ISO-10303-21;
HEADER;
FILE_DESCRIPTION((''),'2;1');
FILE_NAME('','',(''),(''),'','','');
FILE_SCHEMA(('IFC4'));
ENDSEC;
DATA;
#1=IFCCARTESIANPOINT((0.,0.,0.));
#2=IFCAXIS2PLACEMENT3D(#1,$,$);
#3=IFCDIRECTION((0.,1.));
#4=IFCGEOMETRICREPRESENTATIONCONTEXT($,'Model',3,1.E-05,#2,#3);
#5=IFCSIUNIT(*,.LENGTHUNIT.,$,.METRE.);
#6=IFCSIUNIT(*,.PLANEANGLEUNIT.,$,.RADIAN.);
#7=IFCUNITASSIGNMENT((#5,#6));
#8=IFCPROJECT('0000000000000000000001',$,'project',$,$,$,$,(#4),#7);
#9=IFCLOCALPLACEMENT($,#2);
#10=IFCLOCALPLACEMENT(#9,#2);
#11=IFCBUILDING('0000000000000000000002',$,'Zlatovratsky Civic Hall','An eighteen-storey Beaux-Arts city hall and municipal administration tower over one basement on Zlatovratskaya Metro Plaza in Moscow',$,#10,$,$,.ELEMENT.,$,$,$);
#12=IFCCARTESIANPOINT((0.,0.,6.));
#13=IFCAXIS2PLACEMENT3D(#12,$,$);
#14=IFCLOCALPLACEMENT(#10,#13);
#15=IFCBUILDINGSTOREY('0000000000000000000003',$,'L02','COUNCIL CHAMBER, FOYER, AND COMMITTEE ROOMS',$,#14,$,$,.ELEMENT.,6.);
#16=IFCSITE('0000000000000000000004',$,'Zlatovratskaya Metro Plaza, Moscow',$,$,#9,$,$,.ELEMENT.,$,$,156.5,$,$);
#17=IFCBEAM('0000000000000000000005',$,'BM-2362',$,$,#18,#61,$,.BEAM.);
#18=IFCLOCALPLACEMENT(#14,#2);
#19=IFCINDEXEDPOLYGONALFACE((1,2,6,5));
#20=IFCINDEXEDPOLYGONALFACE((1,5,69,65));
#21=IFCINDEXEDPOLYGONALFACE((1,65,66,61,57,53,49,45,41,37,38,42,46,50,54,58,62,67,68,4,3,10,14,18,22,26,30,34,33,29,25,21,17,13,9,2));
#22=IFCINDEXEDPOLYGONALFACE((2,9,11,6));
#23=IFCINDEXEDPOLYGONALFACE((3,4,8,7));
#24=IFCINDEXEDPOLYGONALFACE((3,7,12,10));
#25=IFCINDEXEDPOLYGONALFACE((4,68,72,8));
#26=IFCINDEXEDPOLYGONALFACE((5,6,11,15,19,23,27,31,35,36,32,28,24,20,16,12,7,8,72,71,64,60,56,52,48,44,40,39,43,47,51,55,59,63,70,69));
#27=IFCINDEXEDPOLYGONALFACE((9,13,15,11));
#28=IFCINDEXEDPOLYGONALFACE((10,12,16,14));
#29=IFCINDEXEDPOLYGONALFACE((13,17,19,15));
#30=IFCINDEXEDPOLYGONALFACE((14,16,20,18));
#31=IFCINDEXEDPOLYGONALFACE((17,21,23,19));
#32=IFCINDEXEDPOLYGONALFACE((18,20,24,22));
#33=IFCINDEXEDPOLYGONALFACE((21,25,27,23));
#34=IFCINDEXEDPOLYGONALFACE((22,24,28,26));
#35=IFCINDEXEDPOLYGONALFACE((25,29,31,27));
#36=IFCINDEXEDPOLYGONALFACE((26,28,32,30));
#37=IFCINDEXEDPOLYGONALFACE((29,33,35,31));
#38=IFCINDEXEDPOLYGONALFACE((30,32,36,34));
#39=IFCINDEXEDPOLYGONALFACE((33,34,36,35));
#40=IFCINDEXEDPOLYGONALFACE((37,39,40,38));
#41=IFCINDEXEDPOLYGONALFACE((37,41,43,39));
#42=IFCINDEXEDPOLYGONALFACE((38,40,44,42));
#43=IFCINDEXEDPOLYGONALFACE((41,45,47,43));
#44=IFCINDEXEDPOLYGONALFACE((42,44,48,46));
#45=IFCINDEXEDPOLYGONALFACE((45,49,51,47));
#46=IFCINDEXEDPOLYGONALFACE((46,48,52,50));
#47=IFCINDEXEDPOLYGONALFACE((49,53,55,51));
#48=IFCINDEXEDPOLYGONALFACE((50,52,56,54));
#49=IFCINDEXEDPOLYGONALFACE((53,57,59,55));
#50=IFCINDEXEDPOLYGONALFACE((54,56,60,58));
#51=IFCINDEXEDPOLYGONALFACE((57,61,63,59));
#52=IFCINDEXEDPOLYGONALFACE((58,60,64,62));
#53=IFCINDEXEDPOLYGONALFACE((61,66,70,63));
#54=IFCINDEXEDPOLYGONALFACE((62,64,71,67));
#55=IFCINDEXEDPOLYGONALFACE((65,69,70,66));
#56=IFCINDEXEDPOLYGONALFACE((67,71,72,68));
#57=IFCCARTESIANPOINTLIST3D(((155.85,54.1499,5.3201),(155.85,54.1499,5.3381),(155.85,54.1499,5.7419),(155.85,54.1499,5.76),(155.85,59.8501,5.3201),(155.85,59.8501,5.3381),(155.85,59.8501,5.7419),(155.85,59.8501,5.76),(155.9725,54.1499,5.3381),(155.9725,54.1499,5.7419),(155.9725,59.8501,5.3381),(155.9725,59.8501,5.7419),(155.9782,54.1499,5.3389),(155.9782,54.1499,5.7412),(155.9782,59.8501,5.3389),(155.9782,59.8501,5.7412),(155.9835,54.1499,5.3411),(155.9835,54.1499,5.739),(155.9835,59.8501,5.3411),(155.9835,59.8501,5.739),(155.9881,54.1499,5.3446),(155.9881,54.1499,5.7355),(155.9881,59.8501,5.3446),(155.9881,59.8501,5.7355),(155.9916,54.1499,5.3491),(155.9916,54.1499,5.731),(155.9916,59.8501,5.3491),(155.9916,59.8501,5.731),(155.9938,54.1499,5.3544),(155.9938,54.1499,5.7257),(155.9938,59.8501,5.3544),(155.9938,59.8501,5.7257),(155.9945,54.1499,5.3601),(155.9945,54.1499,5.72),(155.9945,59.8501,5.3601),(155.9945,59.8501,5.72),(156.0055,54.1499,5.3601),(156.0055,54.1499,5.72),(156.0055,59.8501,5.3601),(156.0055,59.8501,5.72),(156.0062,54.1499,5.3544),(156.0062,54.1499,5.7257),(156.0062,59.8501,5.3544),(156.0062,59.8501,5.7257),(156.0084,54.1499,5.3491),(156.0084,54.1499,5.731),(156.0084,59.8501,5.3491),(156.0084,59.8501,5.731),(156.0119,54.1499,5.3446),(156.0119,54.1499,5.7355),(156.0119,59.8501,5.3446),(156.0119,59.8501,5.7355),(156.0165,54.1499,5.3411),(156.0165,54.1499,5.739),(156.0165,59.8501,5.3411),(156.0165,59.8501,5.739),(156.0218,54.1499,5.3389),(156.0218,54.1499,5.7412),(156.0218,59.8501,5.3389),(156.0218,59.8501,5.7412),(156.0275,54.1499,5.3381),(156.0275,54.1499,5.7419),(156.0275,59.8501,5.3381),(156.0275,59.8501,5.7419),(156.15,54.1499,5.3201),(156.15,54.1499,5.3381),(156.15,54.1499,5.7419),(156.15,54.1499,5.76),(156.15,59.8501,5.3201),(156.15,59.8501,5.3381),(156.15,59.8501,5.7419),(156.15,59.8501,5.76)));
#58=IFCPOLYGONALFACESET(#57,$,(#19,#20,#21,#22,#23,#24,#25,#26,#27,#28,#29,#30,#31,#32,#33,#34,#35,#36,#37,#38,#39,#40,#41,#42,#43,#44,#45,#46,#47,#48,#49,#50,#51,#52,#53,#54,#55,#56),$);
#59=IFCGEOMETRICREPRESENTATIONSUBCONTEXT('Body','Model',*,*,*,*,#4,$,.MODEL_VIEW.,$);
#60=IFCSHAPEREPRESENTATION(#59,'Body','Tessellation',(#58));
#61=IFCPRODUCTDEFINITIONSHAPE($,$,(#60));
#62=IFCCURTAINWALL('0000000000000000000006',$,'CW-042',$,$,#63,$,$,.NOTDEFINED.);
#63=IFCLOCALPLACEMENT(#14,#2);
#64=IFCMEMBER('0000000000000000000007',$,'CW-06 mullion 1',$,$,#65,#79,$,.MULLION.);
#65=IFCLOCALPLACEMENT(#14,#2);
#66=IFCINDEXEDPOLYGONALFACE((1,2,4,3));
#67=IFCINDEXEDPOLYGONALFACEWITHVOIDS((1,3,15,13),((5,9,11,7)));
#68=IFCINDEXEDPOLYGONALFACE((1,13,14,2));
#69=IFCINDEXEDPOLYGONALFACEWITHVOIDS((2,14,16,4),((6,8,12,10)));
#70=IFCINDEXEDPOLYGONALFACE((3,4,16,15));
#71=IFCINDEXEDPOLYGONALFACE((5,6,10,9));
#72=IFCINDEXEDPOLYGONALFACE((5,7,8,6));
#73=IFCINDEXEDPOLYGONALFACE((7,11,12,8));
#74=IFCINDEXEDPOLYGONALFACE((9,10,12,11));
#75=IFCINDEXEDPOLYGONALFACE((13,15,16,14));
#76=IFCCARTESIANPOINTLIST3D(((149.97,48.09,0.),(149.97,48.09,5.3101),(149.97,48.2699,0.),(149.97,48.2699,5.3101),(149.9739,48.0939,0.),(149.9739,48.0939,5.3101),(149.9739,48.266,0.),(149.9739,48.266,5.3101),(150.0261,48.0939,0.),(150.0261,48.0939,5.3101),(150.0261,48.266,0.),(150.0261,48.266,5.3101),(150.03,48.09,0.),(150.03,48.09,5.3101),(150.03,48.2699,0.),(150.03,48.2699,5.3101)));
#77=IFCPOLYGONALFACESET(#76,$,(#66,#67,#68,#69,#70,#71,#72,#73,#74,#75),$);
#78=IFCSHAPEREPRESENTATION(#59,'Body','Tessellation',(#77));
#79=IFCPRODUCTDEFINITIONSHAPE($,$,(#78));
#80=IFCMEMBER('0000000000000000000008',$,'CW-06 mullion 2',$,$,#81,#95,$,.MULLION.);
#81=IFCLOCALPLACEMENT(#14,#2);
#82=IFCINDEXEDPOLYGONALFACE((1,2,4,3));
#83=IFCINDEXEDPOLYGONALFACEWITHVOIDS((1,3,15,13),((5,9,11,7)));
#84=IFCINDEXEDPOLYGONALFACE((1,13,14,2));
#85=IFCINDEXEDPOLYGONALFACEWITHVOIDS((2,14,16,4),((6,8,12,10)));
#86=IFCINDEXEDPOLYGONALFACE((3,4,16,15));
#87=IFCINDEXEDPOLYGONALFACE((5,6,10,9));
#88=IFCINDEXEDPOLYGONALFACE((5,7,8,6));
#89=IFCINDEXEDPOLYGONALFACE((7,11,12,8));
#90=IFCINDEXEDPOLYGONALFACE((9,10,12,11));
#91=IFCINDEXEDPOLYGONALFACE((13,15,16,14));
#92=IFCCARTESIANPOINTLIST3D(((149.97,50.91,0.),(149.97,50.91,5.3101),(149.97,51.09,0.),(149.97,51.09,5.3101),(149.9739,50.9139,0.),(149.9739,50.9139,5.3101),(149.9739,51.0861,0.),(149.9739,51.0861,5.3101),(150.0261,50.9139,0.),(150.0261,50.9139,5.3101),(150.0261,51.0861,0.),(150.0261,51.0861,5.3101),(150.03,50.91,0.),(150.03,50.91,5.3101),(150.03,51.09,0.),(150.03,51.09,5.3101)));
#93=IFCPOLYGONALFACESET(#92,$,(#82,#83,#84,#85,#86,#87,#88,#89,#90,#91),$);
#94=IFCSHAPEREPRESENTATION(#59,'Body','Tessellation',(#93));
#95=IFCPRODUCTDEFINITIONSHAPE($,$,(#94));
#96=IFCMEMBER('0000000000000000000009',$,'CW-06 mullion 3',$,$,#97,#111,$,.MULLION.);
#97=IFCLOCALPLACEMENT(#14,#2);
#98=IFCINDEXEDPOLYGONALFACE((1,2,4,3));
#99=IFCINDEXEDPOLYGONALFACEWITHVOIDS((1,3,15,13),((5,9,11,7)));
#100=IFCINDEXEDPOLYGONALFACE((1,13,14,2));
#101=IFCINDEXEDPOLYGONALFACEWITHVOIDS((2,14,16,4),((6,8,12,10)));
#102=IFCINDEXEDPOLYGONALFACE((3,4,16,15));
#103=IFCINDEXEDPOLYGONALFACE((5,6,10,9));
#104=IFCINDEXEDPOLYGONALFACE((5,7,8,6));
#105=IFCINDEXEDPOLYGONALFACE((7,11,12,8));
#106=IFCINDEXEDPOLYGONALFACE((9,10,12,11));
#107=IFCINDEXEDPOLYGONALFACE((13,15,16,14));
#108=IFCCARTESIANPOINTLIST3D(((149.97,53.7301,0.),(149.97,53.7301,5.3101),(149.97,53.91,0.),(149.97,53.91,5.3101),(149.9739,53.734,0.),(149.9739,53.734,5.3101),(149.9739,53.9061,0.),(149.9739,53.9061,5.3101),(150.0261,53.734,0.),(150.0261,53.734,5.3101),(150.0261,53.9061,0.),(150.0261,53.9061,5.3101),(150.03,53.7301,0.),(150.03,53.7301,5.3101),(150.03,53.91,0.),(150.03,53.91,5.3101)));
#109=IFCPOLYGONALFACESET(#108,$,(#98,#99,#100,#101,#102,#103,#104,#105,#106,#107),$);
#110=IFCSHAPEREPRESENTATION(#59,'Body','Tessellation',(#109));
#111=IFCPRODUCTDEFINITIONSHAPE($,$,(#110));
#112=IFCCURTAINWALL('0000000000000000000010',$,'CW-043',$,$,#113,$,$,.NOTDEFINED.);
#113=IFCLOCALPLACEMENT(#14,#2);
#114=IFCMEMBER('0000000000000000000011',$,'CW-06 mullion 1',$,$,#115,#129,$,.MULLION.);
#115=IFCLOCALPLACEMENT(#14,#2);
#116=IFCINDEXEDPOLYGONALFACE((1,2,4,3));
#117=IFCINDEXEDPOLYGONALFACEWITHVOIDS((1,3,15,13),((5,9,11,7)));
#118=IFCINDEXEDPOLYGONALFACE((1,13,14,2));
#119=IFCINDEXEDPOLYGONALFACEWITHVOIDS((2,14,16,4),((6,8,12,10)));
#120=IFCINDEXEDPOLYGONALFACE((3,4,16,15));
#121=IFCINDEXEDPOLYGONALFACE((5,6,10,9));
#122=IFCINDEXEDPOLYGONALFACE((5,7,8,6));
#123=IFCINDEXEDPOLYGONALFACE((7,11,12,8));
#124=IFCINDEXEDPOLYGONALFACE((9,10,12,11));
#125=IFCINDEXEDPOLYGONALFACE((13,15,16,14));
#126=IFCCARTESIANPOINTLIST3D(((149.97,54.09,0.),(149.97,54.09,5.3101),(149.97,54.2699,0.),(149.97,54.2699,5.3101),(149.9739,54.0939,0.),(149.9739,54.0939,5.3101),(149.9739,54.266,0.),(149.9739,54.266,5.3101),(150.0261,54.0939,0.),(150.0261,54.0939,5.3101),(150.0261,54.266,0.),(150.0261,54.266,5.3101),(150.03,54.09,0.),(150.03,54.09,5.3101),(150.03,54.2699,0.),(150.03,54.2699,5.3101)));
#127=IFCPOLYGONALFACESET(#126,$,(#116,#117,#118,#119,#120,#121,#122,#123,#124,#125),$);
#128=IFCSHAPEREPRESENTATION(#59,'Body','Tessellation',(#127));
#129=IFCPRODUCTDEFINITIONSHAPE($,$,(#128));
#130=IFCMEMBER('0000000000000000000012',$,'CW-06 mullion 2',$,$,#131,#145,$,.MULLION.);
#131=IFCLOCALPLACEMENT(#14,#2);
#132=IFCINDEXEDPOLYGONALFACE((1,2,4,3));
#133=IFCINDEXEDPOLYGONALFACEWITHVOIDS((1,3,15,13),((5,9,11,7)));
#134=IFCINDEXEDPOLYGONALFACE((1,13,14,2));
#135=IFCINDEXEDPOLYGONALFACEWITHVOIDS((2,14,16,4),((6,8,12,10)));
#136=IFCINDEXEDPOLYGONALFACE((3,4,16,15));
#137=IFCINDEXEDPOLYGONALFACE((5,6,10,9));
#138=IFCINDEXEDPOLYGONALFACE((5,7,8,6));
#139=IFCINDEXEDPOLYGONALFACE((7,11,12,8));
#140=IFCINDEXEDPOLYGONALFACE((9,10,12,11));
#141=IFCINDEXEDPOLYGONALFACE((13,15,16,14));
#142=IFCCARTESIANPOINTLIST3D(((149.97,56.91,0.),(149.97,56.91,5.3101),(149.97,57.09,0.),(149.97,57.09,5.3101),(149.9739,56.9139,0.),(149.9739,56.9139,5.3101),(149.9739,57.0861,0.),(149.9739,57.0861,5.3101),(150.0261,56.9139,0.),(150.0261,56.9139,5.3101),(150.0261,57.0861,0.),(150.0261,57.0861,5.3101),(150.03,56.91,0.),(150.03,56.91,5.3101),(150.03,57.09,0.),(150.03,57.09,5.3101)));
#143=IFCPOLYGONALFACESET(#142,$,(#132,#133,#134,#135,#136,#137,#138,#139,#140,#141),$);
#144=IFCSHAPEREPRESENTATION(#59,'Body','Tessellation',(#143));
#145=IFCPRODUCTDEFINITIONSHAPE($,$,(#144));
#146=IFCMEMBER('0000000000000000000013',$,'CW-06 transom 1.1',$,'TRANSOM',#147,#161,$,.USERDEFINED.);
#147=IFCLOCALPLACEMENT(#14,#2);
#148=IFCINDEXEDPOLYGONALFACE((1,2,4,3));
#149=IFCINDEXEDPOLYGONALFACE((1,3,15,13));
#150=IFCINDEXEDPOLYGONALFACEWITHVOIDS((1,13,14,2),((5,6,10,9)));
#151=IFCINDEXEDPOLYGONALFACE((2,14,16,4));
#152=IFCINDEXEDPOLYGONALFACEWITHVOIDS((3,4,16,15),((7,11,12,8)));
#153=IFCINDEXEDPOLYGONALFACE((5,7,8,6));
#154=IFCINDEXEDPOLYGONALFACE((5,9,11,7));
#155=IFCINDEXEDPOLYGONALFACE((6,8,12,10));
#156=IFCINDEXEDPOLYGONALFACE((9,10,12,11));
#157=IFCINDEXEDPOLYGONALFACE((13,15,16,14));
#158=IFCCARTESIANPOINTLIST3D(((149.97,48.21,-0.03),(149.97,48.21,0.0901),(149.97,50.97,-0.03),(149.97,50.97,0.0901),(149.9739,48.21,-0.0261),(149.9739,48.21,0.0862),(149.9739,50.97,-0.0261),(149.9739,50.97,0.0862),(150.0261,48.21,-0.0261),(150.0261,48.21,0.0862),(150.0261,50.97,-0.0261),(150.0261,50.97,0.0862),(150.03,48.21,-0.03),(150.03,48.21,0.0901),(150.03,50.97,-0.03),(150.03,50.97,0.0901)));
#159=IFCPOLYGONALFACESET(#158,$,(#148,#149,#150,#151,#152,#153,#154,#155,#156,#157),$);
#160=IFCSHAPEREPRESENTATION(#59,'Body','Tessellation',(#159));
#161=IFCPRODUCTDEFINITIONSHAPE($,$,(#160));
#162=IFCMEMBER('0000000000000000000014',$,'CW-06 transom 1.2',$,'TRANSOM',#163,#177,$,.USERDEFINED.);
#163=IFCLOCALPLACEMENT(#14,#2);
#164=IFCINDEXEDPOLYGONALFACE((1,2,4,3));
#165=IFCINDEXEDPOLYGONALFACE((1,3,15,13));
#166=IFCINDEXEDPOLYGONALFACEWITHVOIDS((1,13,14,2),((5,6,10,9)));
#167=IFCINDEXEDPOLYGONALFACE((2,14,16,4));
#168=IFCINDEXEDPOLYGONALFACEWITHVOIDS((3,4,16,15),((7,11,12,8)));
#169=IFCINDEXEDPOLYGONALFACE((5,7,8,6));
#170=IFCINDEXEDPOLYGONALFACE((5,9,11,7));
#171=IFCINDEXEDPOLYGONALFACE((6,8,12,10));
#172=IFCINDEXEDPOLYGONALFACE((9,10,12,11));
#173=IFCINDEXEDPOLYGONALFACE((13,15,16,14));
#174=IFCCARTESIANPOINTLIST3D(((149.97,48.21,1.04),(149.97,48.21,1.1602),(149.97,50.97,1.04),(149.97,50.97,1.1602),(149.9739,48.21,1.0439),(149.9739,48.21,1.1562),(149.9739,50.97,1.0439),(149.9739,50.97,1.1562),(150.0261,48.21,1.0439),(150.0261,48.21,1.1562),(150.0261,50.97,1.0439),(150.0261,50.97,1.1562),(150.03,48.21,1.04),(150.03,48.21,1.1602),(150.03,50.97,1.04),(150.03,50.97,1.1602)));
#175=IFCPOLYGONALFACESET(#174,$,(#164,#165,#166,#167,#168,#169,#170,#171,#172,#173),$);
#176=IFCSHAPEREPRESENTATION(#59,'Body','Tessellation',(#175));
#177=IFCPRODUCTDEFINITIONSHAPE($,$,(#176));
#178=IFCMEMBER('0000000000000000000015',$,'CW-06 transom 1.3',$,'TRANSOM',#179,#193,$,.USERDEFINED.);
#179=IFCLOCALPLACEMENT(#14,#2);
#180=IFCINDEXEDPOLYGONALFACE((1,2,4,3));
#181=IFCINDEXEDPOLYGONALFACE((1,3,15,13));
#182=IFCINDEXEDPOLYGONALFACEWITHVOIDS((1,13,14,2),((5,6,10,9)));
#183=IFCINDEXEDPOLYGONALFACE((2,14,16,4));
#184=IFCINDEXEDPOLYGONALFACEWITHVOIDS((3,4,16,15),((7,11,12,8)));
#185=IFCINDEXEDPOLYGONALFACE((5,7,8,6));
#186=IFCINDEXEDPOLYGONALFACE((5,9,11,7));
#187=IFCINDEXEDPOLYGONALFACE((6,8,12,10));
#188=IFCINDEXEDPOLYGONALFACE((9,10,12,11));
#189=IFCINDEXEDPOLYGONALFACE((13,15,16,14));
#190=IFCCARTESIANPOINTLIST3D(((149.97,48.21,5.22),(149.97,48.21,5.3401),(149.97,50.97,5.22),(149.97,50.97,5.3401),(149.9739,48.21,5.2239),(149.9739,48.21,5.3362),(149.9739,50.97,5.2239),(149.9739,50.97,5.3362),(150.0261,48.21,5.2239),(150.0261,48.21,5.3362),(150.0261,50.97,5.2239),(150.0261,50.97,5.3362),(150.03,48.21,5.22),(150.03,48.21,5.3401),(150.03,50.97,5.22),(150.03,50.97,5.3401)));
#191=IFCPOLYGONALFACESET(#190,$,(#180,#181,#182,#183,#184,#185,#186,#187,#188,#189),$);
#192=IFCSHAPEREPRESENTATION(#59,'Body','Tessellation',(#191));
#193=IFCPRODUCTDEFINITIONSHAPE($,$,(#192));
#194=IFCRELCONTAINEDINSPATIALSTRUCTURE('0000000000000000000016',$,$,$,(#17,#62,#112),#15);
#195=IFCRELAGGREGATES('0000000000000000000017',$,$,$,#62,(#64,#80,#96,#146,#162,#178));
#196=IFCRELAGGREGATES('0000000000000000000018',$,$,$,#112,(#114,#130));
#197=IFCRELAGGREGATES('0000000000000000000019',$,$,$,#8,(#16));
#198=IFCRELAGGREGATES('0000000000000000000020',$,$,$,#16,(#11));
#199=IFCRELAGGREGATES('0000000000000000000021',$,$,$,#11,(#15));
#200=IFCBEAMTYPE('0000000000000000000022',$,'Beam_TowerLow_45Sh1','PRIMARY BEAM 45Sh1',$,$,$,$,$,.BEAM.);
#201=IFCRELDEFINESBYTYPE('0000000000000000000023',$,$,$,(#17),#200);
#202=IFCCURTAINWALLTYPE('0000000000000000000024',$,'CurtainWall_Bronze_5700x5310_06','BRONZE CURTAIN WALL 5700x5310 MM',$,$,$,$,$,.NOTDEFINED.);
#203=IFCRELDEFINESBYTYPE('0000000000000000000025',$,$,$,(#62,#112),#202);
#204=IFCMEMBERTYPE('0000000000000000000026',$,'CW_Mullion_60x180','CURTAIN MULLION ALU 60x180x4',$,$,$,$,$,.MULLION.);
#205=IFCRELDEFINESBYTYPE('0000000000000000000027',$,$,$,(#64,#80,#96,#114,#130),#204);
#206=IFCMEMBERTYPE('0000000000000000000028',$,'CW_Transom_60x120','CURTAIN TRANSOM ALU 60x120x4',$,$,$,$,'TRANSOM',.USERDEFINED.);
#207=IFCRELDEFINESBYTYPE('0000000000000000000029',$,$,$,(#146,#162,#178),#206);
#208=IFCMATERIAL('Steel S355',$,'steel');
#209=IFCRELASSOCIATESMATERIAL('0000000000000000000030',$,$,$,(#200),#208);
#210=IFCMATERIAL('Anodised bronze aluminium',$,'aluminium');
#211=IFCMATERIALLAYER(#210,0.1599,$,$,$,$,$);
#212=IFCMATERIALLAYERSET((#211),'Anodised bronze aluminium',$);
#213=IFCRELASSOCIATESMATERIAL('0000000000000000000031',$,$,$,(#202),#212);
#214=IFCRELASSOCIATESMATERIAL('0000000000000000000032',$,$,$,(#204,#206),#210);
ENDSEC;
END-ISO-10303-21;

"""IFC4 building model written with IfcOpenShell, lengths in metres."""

from ifc_helpers import new_model, si_unit, direction, frame, origin, origin_2d, place, context, subcontext, project, spatial, hollow_rectangle, i_section, extrude, material, layer, layer_set, material_profile, profile_set, type_object, element, aggregate, save


model = new_model("IFC4")

# Units and contexts
model_context = context("Model", 3, precision=1e-05, world=origin(), true_north=direction((0.0, 1.0)))
body_context = subcontext(model_context, "Body", "Model", "MODEL_VIEW")
ifc_project = project(units=[si_unit("LENGTHUNIT", "METRE"), si_unit("PLANEANGLEUNIT", "RADIAN")], contexts=[model_context])

# Site, building, storey
site_placement = place(None, origin())
site = spatial("IfcSite", under=ifc_project, at=site_placement, Name="Zlatovratskaya Metro Plaza, Moscow", CompositionType="ELEMENT", RefElevation=156.5)
building_placement = place(site_placement, origin())
building = spatial("IfcBuilding", under=site, at=building_placement, Name="Zlatovratsky Civic Hall", Description="An eighteen-storey Beaux-Arts city hall and municipal administration tower over one basement on Zlatovratskaya Metro Plaza in Moscow", CompositionType="ELEMENT")
storey_placement = place(building_placement, frame((0.0, 0.0, 6.0)))
storey = spatial("IfcBuildingStorey", under=building, at=storey_placement, Name="L02", Description="COUNCIL CHAMBER, FOYER, AND COMMITTEE ROOMS", CompositionType="ELEMENT", Elevation=6.0)

# Shared definitions
ifc_material_1 = material(Name="Steel S355", Category="steel")

# Beam
ifc_material_profile_1 = material_profile(ifc_material_1, i_section(OverallWidth=0.3, OverallDepth=0.4399, WebThickness=0.011, FlangeThickness=0.0181, FilletRadius=0.022, at=origin_2d()), Name="45Sh1")
ifc_profile_set_1 = profile_set([ifc_material_profile_1], Name="Steel S355")
beam_type_1 = type_object("IfcBeamType", Name="Beam_TowerLow_45Sh1", Description="PRIMARY BEAM 45Sh1", PredefinedType="BEAM", material=ifc_profile_set_1)
for number, where, z_axis, x_axis, name in (
    (1, (156.0, 54.1499, 5.54), (0.0, 1.0, 0.0), (-1.0, 0.0, 0.0), "BM-2362"),
):
    element("IfcBeam", number, at=place(storey_placement, frame(where, z_axis=z_axis, x_axis=x_axis)), inside=storey, type_object=beam_type_1, Name=name, PredefinedType="BEAM", context=body_context, shape_type="SweptSolid", body=[
        extrude(i_section(OverallWidth=0.3, OverallDepth=0.4399, WebThickness=0.011, FlangeThickness=0.0181, FilletRadius=0.022, at=origin_2d()), origin(), (0.0, 0.0, 1.0), 5.7002),
    ])

# Curtain walls, members
ifc_material_2 = material(Name="Anodised bronze aluminium", Category="aluminium")
ifc_layer_1 = layer(ifc_material_2, 0.1599)
ifc_layer_set_1 = layer_set([ifc_layer_1], Name="Anodised bronze aluminium")
curtain_wall_type = type_object("IfcCurtainWallType", Name="CurtainWall_Bronze_5700x5310_06", Description="BRONZE CURTAIN WALL 5700x5310 MM", PredefinedType="NOTDEFINED", material=ifc_layer_set_1)
curtain_wall_1_placement = place(storey_placement, origin())
curtain_wall_1 = element("IfcCurtainWall", 2, at=curtain_wall_1_placement, inside=storey, type_object=curtain_wall_type, Name="CW-042", PredefinedType="NOTDEFINED")
ifc_material_profile_2 = material_profile(ifc_material_2, hollow_rectangle(XDim=0.0601, YDim=0.1799, WallThickness=0.0039, at=origin_2d()), Name="ALU 60x180x4")
ifc_profile_set_2 = profile_set([ifc_material_profile_2], Name="Anodised bronze aluminium")
member_type_1 = type_object("IfcMemberType", Name="CW_Mullion_60x180", Description="CURTAIN MULLION ALU 60x180x4", PredefinedType="MULLION", material=ifc_profile_set_2)
member_1_placement = place(storey_placement, frame((150.0, 48.1799, 0.0), z_axis=(0.0, 0.0, 1.0), x_axis=(-1.0, 0.0, 0.0)))
member_1 = element("IfcMember", 3, at=member_1_placement, type_object=member_type_1, Name="CW-06 mullion 1", PredefinedType="MULLION", context=body_context, shape_type="SweptSolid", body=[
    extrude(hollow_rectangle(XDim=0.0601, YDim=0.1799, WallThickness=0.0039, at=origin_2d()), origin(), (0.0, 0.0, 1.0), 5.3101),
])
member_2_placement = place(storey_placement, frame((150.0, 51.0, 0.0), z_axis=(0.0, 0.0, 1.0), x_axis=(-1.0, 0.0, 0.0)))
member_2 = element("IfcMember", 4, at=member_2_placement, type_object=member_type_1, Name="CW-06 mullion 2", PredefinedType="MULLION", context=body_context, shape_type="SweptSolid", body=[
    extrude(hollow_rectangle(XDim=0.0601, YDim=0.1799, WallThickness=0.0039, at=origin_2d()), origin(), (0.0, 0.0, 1.0), 5.3101),
])
member_3_placement = place(storey_placement, frame((150.0, 53.8201, 0.0), z_axis=(0.0, 0.0, 1.0), x_axis=(-1.0, 0.0, 0.0)))
member_3 = element("IfcMember", 5, at=member_3_placement, type_object=member_type_1, Name="CW-06 mullion 3", PredefinedType="MULLION", context=body_context, shape_type="SweptSolid", body=[
    extrude(hollow_rectangle(XDim=0.0601, YDim=0.1799, WallThickness=0.0039, at=origin_2d()), origin(), (0.0, 0.0, 1.0), 5.3101),
])
curtain_wall_2_placement = place(storey_placement, origin())
curtain_wall_2 = element("IfcCurtainWall", 6, at=curtain_wall_2_placement, inside=storey, type_object=curtain_wall_type, Name="CW-043", PredefinedType="NOTDEFINED")
member_4_placement = place(storey_placement, frame((150.0, 54.1799, 0.0), z_axis=(0.0, 0.0, 1.0), x_axis=(-1.0, 0.0, 0.0)))
member_4 = element("IfcMember", 7, at=member_4_placement, type_object=member_type_1, Name="CW-06 mullion 1", PredefinedType="MULLION", context=body_context, shape_type="SweptSolid", body=[
    extrude(hollow_rectangle(XDim=0.0601, YDim=0.1799, WallThickness=0.0039, at=origin_2d()), origin(), (0.0, 0.0, 1.0), 5.3101),
])
member_5_placement = place(storey_placement, frame((150.0, 57.0, 0.0), z_axis=(0.0, 0.0, 1.0), x_axis=(-1.0, 0.0, 0.0)))
member_5 = element("IfcMember", 8, at=member_5_placement, type_object=member_type_1, Name="CW-06 mullion 2", PredefinedType="MULLION", context=body_context, shape_type="SweptSolid", body=[
    extrude(hollow_rectangle(XDim=0.0601, YDim=0.1799, WallThickness=0.0039, at=origin_2d()), origin(), (0.0, 0.0, 1.0), 5.3101),
])

# Members
ifc_material_profile_3 = material_profile(ifc_material_2, hollow_rectangle(XDim=0.0601, YDim=0.1201, WallThickness=0.0039, at=origin_2d()), Name="ALU 60x120x4")
ifc_profile_set_3 = profile_set([ifc_material_profile_3], Name="Anodised bronze aluminium")
member_type_2 = type_object("IfcMemberType", Name="CW_Transom_60x120", Description="CURTAIN TRANSOM ALU 60x120x4", ElementType="TRANSOM", PredefinedType="USERDEFINED", material=ifc_profile_set_3)
member_6_placement = place(storey_placement, frame((150.0, 48.21, 0.03), z_axis=(0.0, 1.0, 0.0), x_axis=(-1.0, 0.0, 0.0)))
member_6 = element("IfcMember", 9, at=member_6_placement, type_object=member_type_2, Name="CW-06 transom 1.1", ObjectType="TRANSOM", PredefinedType="USERDEFINED", context=body_context, shape_type="SweptSolid", body=[
    extrude(hollow_rectangle(XDim=0.0601, YDim=0.1201, WallThickness=0.0039, at=origin_2d()), origin(), (0.0, 0.0, 1.0), 2.76),
])
member_7_placement = place(storey_placement, frame((150.0, 48.21, 1.1001), z_axis=(0.0, 1.0, 0.0), x_axis=(-1.0, 0.0, 0.0)))
member_7 = element("IfcMember", 10, at=member_7_placement, type_object=member_type_2, Name="CW-06 transom 1.2", ObjectType="TRANSOM", PredefinedType="USERDEFINED", context=body_context, shape_type="SweptSolid", body=[
    extrude(hollow_rectangle(XDim=0.0601, YDim=0.1201, WallThickness=0.0039, at=origin_2d()), origin(), (0.0, 0.0, 1.0), 2.76),
])
member_8_placement = place(storey_placement, frame((150.0, 48.21, 5.28), z_axis=(0.0, 1.0, 0.0), x_axis=(-1.0, 0.0, 0.0)))
member_8 = element("IfcMember", 11, at=member_8_placement, type_object=member_type_2, Name="CW-06 transom 1.3", ObjectType="TRANSOM", PredefinedType="USERDEFINED", context=body_context, shape_type="SweptSolid", body=[
    extrude(hollow_rectangle(XDim=0.0601, YDim=0.1201, WallThickness=0.0039, at=origin_2d()), origin(), (0.0, 0.0, 1.0), 2.76),
])

aggregate(curtain_wall_1, [member_1, member_2, member_3, member_6, member_7, member_8])
aggregate(curtain_wall_2, [member_4, member_5])

save(model, "model.ifc")
